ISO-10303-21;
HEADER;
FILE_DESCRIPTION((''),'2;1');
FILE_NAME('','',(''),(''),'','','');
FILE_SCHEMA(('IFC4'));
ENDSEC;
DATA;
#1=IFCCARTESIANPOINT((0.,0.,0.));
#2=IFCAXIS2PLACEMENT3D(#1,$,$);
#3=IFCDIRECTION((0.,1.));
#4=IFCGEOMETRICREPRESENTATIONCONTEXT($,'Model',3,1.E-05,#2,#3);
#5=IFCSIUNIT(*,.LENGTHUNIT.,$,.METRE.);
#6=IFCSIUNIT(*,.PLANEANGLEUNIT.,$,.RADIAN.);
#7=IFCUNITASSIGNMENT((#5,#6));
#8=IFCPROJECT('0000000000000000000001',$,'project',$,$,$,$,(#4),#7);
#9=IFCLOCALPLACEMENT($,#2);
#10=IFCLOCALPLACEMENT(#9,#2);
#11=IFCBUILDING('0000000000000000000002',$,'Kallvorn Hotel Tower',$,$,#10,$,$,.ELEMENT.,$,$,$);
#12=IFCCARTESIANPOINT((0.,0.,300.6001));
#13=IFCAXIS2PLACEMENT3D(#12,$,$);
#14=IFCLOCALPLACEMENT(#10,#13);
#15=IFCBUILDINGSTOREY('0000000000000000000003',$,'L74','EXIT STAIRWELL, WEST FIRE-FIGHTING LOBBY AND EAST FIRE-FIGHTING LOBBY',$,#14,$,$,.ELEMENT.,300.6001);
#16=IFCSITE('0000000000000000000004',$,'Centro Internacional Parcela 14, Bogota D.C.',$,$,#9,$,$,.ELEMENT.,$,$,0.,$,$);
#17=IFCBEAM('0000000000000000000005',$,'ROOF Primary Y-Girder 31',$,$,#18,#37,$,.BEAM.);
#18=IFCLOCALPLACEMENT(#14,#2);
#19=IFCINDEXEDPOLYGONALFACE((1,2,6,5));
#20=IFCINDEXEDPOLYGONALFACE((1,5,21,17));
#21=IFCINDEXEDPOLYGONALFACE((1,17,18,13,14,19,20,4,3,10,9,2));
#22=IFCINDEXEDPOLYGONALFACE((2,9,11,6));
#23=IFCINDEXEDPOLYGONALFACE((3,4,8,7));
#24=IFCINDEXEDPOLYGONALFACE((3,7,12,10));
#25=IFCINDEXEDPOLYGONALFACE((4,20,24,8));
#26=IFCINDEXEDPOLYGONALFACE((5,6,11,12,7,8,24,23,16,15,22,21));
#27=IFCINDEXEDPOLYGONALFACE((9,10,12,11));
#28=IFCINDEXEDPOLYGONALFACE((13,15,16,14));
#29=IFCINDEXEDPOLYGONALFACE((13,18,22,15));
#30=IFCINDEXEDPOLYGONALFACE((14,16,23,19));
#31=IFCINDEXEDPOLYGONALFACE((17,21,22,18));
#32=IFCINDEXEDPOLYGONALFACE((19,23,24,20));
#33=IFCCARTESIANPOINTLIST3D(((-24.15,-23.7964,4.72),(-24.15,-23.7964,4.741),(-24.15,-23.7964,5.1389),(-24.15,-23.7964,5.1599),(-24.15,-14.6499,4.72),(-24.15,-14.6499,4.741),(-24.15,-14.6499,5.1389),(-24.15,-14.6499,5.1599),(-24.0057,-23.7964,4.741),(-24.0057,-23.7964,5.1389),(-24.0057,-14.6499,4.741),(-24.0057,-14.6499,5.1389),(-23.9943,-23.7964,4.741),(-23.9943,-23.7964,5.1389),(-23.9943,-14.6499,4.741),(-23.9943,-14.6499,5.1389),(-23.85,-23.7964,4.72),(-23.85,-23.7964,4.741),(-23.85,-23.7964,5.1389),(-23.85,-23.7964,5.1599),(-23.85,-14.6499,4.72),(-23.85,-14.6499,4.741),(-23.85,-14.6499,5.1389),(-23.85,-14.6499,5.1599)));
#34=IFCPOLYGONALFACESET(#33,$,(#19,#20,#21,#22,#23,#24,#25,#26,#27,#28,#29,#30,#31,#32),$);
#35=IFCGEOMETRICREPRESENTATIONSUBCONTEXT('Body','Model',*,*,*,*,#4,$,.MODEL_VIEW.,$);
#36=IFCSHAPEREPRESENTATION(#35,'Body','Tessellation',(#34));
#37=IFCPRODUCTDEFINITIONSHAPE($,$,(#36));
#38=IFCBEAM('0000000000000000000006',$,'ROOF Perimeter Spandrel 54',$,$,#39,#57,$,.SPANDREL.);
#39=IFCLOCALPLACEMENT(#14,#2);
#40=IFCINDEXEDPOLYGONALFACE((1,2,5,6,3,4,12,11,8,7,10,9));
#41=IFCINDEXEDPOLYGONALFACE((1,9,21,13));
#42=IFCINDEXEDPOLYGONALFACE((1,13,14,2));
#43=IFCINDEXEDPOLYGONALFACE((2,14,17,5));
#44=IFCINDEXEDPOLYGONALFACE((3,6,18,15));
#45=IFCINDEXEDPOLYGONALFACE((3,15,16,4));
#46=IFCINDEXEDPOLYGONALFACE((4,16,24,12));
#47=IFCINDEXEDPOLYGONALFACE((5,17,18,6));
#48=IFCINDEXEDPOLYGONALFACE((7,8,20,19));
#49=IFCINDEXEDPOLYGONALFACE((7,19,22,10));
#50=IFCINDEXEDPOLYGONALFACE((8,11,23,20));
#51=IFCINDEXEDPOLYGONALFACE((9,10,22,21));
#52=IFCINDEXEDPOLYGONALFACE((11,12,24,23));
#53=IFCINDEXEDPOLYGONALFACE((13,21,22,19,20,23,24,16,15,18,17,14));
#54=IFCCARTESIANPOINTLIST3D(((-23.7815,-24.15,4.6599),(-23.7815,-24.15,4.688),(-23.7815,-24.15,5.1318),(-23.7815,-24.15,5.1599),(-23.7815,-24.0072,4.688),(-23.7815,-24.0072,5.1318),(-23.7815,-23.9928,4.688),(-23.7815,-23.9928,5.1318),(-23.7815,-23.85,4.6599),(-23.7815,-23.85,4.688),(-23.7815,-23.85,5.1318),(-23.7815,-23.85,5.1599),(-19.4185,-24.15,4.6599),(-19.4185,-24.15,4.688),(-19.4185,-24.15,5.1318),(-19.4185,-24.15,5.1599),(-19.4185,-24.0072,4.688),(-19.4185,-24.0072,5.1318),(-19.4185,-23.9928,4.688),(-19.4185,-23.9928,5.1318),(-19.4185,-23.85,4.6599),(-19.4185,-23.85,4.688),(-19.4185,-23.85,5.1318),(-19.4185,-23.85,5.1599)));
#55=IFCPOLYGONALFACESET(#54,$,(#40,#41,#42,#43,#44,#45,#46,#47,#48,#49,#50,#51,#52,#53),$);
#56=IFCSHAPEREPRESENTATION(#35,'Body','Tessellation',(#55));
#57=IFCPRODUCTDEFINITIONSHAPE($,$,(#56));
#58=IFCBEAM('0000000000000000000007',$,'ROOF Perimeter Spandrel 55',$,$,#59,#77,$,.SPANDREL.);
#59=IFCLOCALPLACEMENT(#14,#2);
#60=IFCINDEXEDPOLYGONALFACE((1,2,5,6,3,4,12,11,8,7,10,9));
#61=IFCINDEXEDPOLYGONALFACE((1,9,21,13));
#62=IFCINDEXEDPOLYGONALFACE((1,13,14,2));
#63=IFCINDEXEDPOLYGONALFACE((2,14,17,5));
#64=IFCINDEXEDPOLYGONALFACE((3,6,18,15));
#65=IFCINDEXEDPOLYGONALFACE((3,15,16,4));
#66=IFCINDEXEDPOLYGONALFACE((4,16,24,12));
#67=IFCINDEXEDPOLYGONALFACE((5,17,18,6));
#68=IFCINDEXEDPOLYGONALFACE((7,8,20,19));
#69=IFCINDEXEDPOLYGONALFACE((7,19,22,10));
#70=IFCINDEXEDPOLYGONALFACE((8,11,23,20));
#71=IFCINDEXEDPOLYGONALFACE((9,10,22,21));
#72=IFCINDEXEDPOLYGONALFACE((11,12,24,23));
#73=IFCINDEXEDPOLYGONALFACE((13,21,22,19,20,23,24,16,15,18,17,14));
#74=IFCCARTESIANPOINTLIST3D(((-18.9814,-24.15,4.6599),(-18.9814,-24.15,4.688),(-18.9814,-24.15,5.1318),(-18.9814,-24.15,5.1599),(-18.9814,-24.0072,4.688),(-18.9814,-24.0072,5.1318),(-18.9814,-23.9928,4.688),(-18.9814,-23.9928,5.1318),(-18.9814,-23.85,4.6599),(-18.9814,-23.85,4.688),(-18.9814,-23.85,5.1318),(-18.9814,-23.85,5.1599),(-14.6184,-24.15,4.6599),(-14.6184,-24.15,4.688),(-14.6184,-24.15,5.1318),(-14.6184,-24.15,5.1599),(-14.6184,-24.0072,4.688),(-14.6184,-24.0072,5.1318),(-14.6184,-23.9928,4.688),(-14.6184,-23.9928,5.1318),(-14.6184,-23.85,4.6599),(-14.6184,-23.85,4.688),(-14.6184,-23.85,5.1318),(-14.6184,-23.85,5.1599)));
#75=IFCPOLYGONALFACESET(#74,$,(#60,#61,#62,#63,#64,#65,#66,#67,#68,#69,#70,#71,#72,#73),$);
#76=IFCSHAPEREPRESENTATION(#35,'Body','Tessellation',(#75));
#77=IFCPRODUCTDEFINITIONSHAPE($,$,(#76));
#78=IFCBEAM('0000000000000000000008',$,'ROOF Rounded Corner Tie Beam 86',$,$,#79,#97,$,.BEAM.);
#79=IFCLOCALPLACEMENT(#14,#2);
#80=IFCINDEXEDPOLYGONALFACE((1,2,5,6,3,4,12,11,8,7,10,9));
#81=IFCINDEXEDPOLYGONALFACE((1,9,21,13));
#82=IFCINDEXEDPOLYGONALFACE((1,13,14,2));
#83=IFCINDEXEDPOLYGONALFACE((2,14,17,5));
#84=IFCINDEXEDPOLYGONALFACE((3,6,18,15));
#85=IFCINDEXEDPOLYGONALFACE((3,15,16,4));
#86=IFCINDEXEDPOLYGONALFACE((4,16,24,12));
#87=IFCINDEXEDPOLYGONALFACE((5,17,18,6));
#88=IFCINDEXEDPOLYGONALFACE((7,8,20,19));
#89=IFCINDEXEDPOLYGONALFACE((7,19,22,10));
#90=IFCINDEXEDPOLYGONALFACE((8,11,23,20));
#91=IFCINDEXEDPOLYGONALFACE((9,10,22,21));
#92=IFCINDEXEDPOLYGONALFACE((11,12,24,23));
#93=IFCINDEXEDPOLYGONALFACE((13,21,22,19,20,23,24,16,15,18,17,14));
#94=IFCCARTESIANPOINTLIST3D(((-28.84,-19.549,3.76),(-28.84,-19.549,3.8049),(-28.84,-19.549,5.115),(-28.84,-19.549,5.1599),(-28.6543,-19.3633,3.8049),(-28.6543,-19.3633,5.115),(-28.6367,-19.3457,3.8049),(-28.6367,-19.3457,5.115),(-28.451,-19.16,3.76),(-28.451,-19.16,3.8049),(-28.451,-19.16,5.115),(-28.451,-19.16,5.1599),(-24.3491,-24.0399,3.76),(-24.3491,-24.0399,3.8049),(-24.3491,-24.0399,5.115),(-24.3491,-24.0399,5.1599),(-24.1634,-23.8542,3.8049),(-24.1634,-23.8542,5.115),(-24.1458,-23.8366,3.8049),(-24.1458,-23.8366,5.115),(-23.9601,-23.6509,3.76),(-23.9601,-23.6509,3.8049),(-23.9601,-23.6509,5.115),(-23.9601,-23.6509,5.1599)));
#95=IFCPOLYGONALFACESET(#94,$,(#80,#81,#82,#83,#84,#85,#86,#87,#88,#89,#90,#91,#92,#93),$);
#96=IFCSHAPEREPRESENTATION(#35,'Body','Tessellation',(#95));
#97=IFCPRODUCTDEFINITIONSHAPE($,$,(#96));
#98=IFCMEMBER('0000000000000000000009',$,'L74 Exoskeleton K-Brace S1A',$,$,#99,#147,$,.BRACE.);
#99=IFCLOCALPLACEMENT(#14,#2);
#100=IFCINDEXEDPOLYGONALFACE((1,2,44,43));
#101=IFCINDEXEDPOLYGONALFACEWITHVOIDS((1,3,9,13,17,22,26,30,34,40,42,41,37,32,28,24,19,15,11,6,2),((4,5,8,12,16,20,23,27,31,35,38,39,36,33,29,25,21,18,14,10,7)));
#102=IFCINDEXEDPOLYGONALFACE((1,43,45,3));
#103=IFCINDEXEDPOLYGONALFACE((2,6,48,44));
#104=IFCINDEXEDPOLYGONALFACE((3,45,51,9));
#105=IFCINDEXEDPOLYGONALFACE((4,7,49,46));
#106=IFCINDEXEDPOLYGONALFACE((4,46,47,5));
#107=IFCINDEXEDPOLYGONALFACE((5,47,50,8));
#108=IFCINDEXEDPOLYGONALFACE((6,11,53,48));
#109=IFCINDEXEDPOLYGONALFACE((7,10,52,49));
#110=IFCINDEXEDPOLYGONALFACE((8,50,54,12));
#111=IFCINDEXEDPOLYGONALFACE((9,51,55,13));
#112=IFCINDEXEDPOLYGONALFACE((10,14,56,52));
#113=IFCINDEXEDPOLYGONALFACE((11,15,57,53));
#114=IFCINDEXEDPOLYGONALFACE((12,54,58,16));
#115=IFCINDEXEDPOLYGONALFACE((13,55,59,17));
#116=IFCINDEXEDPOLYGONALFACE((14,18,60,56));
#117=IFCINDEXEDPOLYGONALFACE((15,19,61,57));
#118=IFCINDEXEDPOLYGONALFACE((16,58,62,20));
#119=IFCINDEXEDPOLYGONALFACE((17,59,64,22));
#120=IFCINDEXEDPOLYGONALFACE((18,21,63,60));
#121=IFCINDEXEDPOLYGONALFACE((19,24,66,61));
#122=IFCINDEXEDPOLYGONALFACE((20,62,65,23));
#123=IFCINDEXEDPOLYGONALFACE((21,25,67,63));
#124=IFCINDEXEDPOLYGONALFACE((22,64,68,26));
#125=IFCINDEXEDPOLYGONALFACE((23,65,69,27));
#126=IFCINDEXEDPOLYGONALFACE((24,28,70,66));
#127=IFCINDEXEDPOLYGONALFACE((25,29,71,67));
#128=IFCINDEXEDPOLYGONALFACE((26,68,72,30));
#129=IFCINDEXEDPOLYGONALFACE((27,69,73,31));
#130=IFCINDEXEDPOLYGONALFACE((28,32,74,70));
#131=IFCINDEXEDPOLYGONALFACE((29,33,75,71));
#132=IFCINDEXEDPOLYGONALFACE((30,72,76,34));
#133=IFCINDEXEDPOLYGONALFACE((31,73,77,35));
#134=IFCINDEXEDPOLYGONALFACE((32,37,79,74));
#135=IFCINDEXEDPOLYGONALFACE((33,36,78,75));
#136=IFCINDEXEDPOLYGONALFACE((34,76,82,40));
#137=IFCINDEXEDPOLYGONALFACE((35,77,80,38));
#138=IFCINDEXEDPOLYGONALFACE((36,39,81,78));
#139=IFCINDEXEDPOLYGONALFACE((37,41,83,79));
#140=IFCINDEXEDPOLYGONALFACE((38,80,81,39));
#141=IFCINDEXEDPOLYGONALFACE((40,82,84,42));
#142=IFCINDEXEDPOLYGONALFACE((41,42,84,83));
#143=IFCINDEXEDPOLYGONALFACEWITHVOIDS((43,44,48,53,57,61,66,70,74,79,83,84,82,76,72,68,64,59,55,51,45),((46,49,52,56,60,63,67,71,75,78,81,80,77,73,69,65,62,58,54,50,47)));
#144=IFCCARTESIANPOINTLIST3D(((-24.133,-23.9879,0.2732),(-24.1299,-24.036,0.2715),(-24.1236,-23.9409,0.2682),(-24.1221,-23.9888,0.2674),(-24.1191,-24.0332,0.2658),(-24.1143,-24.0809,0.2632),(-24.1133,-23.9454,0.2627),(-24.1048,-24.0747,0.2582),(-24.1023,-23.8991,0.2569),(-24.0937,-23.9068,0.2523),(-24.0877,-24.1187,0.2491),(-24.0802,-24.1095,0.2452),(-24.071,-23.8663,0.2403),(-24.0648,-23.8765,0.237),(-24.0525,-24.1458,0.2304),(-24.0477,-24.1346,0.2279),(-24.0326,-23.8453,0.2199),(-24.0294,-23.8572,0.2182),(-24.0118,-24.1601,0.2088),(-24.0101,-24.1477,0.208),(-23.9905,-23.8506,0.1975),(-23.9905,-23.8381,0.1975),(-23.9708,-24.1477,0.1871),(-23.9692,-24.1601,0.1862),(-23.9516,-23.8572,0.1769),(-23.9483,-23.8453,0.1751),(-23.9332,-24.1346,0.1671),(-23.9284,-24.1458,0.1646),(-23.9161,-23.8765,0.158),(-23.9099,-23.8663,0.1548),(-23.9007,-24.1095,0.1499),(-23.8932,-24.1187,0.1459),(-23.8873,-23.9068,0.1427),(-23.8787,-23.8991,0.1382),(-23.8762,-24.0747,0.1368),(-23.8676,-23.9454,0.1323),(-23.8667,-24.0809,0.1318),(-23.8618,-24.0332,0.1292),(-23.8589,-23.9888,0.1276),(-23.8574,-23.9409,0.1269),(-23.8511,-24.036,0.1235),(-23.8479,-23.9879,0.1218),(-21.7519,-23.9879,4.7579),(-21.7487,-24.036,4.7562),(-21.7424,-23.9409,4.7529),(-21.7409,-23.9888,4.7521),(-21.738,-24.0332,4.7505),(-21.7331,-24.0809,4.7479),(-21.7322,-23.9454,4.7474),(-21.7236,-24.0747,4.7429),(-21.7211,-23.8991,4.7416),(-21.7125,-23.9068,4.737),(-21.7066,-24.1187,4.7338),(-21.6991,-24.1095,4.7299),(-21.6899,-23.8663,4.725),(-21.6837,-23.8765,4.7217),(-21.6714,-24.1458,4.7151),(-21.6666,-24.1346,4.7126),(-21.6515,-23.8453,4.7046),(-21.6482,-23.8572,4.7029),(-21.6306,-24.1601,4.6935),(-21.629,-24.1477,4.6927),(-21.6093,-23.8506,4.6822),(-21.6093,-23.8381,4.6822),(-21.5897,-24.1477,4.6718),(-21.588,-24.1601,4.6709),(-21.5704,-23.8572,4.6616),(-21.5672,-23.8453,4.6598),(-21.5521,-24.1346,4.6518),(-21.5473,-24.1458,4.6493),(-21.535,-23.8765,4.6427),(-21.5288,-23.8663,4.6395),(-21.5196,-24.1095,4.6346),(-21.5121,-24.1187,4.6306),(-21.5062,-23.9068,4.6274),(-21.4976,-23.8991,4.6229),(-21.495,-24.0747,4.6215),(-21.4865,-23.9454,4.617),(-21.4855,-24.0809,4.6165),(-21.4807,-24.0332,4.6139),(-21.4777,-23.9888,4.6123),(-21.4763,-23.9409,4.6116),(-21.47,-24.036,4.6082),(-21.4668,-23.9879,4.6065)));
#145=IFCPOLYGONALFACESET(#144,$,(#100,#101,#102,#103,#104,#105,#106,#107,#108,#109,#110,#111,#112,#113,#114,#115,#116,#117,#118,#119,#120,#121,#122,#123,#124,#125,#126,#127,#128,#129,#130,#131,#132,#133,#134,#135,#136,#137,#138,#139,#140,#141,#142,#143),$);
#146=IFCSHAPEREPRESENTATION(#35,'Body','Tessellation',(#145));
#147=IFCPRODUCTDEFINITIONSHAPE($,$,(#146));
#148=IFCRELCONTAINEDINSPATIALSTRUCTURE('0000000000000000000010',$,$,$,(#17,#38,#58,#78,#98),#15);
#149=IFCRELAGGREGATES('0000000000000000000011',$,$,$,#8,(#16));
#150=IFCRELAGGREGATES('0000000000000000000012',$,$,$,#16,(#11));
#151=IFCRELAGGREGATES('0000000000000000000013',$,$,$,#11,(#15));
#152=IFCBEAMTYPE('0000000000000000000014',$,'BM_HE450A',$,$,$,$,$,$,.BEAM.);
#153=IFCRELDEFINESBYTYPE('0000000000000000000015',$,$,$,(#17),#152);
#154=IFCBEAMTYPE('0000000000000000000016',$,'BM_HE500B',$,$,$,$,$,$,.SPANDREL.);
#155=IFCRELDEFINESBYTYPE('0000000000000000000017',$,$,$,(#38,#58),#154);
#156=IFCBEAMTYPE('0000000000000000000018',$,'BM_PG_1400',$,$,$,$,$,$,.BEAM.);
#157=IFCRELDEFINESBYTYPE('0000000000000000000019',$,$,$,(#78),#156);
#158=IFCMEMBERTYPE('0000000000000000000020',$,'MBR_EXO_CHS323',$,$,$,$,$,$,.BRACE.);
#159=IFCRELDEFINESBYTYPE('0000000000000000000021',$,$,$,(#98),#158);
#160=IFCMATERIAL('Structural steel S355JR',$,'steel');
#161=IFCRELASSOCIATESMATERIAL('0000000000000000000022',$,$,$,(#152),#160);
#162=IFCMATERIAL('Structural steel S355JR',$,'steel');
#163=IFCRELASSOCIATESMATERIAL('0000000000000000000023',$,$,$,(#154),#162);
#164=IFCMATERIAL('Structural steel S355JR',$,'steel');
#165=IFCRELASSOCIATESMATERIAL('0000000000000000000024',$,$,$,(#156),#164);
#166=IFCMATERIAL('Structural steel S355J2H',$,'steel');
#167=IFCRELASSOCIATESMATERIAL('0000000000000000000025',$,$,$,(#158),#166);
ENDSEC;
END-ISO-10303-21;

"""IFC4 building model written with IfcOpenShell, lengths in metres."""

from ifc_helpers import new_model, si_unit, direction, frame, origin, origin_2d, place, context, subcontext, project, spatial, hollow_circle, i_section, extrude, material, material_profile, profile_set, type_object, element, save


model = new_model("IFC4")

# Units and contexts
model_context = context("Model", 3, precision=1e-05, world=origin(), true_north=direction((0.0, 1.0)))
body_context = subcontext(model_context, "Body", "Model", "MODEL_VIEW")
ifc_project = project(units=[si_unit("LENGTHUNIT", "METRE"), si_unit("PLANEANGLEUNIT", "RADIAN")], contexts=[model_context])

# Site, building, storey
site_placement = place(None, origin())
site = spatial("IfcSite", under=ifc_project, at=site_placement, Name="Centro Internacional Parcela 14, Bogota D.C.", CompositionType="ELEMENT", RefElevation=0.0)
building_placement = place(site_placement, origin())
building = spatial("IfcBuilding", under=site, at=building_placement, Name="Kallvorn Hotel Tower", CompositionType="ELEMENT")
storey_placement = place(building_placement, frame((0.0, 0.0, 300.6001)))
storey = spatial("IfcBuildingStorey", under=building, at=storey_placement, Name="L74", Description="EXIT STAIRWELL, WEST FIRE-FIGHTING LOBBY AND EAST FIRE-FIGHTING LOBBY", CompositionType="ELEMENT", Elevation=300.6001)

# Beams
ifc_material_1 = material(Name="Structural steel S355JR", Category="steel")
ifc_material_profile_1 = material_profile(ifc_material_1, i_section(OverallWidth=0.3, OverallDepth=0.4399, WebThickness=0.0115, FlangeThickness=0.021, at=origin_2d()), Name="HE 450 A")
ifc_profile_set_1 = profile_set([ifc_material_profile_1], Name="Structural steel S355JR")
beam_type_1 = type_object("IfcBeamType", Name="BM_HE450A", PredefinedType="BEAM", material=ifc_profile_set_1)
beam_1_placement = place(storey_placement, frame((-24.0, -23.7964, 4.9399), z_axis=(0.0, 1.0, 0.0), x_axis=(-1.0, 0.0, 0.0)))
element("IfcBeam", 1, at=beam_1_placement, inside=storey, type_object=beam_type_1, Name="ROOF Primary Y-Girder 31", PredefinedType="BEAM", context=body_context, shape_type="SweptSolid", body=[
    extrude(i_section(OverallWidth=0.3, OverallDepth=0.4399, WebThickness=0.0115, FlangeThickness=0.021, at=origin_2d()), origin(), (0.0, 0.0, 1.0), 9.1465),
])
ifc_material_2 = material(Name="Structural steel S355JR", Category="steel")
ifc_material_profile_2 = material_profile(ifc_material_2, i_section(OverallWidth=0.3, OverallDepth=0.5, WebThickness=0.0144, FlangeThickness=0.0281, at=origin_2d()), Name="HE 500 B")
ifc_profile_set_2 = profile_set([ifc_material_profile_2], Name="Structural steel S355JR")
beam_type_2 = type_object("IfcBeamType", Name="BM_HE500B", PredefinedType="SPANDREL", material=ifc_profile_set_2)
for number, where, z_axis, x_axis, name in (
    (2, (-23.7815, -24.0, 4.9099), (1.0, 0.0, 0.0), (0.0, 1.0, 0.0), "ROOF Perimeter Spandrel 54"),
    (3, (-18.9814, -24.0, 4.9099), (1.0, 0.0, 0.0), (0.0, 1.0, 0.0), "ROOF Perimeter Spandrel 55"),
):
    element("IfcBeam", number, at=place(storey_placement, frame(where, z_axis=z_axis, x_axis=x_axis)), inside=storey, type_object=beam_type_2, Name=name, PredefinedType="SPANDREL", context=body_context, shape_type="SweptSolid", body=[
        extrude(i_section(OverallWidth=0.3, OverallDepth=0.5, WebThickness=0.0144, FlangeThickness=0.0281, at=origin_2d()), origin(), (0.0, 0.0, 1.0), 4.363),
    ])
ifc_material_3 = material(Name="Structural steel S355JR", Category="steel")
ifc_material_profile_3 = material_profile(ifc_material_3, i_section(OverallWidth=0.55, OverallDepth=1.3999, WebThickness=0.0249, FlangeThickness=0.0449, at=origin_2d()), Name="PG 1400x550x25x45")
ifc_profile_set_3 = profile_set([ifc_material_profile_3], Name="Structural steel S355JR")
beam_type_3 = type_object("IfcBeamType", Name="BM_PG_1400", PredefinedType="BEAM", material=ifc_profile_set_3)
beam_2_placement = place(storey_placement, frame((-28.6455, -19.3545, 4.46), z_axis=(0.707107, -0.707107, 0.0), x_axis=(0.707107, 0.707107, 0.0)))
element("IfcBeam", 4, at=beam_2_placement, inside=storey, type_object=beam_type_3, Name="ROOF Rounded Corner Tie Beam 86", PredefinedType="BEAM", context=body_context, shape_type="SweptSolid", body=[
    extrude(i_section(OverallWidth=0.55, OverallDepth=1.3999, WebThickness=0.0249, FlangeThickness=0.0449, at=origin_2d()), origin(), (0.0, 0.0, 1.0), 6.3511),
])

# Member
ifc_material_4 = material(Name="Structural steel S355J2H", Category="steel")
ifc_material_profile_4 = material_profile(ifc_material_4, hollow_circle(Radius=0.1619, WallThickness=0.0125, at=origin_2d()), Name="CHS 323.9x12.5")
ifc_profile_set_4 = profile_set([ifc_material_profile_4], Name="Structural steel S355J2H")
member_type = type_object("IfcMemberType", Name="MBR_EXO_CHS323", PredefinedType="BRACE", material=ifc_profile_set_4)
for number, where, z_axis, x_axis, name in (
    (5, (-23.9905, -24.0, 0.1975), (0.468948, 0.0, 0.883226), (0.0, 1.0, 0.0), "L74 Exoskeleton K-Brace S1A"),
):
    element("IfcMember", number, at=place(storey_placement, frame(where, z_axis=z_axis, x_axis=x_axis)), inside=storey, type_object=member_type, Name=name, PredefinedType="BRACE", context=body_context, shape_type="SweptSolid", body=[
        extrude(hollow_circle(Radius=0.1619, WallThickness=0.0125, at=origin_2d()), origin(), (0.0, 0.0, 1.0), 5.0776),
    ])

save(model, "model.ifc")
